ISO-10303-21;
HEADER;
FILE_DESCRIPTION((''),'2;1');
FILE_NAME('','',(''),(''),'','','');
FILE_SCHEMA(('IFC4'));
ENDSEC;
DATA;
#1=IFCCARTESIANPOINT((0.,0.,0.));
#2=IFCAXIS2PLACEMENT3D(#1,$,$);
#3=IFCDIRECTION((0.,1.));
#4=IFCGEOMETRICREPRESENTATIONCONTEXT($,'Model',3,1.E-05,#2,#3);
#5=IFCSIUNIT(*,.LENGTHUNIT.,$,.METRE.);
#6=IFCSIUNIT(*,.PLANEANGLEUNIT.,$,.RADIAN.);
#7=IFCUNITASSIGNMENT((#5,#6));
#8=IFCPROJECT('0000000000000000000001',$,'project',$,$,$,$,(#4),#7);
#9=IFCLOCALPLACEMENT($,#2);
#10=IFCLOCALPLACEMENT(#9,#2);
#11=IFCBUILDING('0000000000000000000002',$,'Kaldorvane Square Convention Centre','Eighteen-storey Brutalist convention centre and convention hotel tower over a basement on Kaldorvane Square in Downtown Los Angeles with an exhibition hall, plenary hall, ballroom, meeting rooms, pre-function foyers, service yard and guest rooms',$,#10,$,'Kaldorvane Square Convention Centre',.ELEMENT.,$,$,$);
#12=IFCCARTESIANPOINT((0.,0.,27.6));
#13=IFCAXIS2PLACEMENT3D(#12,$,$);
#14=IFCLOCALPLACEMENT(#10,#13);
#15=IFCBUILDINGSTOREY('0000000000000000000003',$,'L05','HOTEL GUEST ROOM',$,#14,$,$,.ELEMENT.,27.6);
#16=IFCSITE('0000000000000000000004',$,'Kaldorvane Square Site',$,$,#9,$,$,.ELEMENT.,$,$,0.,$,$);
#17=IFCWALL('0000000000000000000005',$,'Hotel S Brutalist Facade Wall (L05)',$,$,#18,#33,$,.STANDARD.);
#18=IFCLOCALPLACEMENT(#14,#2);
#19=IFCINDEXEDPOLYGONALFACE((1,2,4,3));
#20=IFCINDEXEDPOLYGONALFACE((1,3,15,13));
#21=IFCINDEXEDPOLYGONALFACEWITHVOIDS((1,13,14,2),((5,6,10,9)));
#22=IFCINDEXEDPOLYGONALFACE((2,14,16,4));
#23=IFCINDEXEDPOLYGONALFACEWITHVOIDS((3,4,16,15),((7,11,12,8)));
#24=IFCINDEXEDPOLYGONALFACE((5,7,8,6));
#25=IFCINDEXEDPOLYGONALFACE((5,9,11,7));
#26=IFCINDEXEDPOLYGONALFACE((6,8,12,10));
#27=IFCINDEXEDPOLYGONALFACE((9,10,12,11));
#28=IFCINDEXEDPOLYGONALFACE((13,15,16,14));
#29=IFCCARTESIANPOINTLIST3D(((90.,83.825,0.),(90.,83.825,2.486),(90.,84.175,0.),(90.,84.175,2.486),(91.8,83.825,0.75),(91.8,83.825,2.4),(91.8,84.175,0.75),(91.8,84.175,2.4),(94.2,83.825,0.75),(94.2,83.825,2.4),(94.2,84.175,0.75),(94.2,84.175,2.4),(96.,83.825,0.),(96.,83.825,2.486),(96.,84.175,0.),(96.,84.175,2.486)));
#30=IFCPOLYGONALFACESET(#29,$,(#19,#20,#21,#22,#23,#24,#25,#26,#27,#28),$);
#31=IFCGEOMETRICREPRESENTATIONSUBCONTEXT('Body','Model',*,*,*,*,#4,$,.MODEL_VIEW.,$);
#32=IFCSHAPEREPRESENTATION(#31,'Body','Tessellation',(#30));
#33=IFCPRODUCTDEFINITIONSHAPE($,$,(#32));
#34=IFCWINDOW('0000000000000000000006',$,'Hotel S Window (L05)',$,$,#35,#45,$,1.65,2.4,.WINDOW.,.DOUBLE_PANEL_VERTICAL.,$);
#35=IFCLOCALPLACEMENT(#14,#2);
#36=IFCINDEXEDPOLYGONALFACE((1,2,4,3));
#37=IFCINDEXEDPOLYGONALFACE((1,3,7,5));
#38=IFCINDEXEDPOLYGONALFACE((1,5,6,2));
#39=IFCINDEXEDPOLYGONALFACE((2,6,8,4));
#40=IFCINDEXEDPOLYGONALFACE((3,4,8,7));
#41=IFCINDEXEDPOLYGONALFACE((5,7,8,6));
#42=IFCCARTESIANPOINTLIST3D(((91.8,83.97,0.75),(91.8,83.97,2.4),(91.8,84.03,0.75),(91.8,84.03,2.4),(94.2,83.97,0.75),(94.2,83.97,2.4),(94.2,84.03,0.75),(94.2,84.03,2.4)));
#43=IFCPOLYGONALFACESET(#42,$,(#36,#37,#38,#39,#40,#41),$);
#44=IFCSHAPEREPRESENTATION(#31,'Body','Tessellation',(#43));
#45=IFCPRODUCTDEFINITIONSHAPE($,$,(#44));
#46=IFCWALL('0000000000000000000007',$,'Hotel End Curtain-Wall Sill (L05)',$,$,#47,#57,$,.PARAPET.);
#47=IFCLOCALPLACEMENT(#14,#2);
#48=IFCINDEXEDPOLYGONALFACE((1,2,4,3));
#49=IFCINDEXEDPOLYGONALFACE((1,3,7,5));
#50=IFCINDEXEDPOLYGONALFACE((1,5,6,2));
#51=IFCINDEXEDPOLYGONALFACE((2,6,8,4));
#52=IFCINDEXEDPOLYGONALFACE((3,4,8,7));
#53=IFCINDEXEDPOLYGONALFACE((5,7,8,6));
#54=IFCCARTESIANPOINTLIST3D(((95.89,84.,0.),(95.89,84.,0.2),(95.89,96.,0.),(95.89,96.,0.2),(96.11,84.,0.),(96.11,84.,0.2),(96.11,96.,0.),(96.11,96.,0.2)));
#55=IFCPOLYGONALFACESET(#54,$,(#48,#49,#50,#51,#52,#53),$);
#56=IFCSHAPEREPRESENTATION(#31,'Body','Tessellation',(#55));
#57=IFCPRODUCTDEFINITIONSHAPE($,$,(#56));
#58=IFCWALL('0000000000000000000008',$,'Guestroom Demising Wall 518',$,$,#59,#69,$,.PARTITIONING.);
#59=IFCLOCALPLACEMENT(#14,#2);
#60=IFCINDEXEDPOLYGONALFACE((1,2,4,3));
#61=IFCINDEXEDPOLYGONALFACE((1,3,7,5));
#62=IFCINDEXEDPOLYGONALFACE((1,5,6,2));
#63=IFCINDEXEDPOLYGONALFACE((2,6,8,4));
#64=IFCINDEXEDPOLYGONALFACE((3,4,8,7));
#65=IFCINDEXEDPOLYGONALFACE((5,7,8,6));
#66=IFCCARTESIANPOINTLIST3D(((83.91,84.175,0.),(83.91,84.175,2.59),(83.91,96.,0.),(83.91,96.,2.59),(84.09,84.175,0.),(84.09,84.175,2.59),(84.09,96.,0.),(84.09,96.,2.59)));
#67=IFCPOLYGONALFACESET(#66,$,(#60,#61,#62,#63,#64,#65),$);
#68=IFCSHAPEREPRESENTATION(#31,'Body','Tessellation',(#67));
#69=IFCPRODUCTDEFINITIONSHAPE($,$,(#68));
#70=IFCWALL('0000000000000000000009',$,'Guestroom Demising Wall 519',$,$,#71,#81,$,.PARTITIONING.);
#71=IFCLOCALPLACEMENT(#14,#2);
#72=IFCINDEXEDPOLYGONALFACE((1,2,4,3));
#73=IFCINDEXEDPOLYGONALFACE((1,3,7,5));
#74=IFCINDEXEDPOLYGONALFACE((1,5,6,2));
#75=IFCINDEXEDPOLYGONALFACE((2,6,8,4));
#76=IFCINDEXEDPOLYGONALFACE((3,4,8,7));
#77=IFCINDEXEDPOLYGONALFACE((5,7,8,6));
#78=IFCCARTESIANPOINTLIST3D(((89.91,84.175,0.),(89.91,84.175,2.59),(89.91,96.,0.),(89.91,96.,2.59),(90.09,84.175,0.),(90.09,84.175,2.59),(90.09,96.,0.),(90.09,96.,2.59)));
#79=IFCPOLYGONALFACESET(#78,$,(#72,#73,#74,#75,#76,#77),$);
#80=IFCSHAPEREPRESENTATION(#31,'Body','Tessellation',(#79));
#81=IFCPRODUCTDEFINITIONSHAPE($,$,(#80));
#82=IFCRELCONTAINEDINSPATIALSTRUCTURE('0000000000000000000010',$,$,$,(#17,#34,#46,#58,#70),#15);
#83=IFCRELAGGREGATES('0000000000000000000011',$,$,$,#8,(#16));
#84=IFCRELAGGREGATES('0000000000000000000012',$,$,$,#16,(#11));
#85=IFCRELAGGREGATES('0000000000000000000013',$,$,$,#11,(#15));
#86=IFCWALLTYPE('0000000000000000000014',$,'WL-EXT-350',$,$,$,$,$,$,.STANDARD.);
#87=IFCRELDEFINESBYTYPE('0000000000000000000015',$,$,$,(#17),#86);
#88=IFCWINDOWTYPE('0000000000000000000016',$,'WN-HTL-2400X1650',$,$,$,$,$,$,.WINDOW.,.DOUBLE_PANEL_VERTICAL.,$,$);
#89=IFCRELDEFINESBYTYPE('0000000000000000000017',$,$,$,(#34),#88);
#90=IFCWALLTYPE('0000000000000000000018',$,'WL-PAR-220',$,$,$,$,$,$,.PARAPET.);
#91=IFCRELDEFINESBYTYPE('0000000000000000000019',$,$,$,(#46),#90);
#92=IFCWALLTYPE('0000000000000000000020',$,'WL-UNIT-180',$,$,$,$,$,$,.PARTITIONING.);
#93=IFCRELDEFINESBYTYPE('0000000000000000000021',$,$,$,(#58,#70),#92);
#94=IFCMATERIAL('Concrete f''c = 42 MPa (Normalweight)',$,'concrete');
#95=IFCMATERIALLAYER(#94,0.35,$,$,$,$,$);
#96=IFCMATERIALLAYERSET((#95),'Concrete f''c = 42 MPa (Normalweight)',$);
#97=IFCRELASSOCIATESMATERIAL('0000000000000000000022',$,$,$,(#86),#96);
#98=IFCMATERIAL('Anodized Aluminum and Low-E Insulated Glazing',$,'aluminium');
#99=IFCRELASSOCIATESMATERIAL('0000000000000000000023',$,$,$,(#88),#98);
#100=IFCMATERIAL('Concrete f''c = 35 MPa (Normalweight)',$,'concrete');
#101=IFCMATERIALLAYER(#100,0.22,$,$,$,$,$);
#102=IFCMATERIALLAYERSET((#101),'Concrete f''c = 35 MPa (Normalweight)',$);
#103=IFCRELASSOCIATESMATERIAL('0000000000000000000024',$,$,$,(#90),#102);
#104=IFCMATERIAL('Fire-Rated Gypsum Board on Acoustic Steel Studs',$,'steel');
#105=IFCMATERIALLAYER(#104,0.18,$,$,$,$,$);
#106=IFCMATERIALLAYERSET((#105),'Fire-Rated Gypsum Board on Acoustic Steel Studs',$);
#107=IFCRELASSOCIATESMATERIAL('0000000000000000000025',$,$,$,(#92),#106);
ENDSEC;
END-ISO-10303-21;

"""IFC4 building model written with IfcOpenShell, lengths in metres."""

from ifc_helpers import new_model, si_unit, direction, frame, frame_2d, origin, place, context, subcontext, project, spatial, rectangle, extrude, material, layer, layer_set, type_object, element, fill, save


model = new_model("IFC4")

# Units and contexts
model_context = context("Model", 3, precision=1e-05, world=origin(), true_north=direction((0.0, 1.0)))
body_context = subcontext(model_context, "Body", "Model", "MODEL_VIEW")
ifc_project = project(units=[si_unit("LENGTHUNIT", "METRE"), si_unit("PLANEANGLEUNIT", "RADIAN")], contexts=[model_context])

# Site, building, storey
site_placement = place(None, origin())
site = spatial("IfcSite", under=ifc_project, at=site_placement, Name="Kaldorvane Square Site", CompositionType="ELEMENT", RefElevation=0.0)
building_placement = place(site_placement, origin())
building = spatial("IfcBuilding", under=site, at=building_placement, Name="Kaldorvane Square Convention Centre", Description="Eighteen-storey Brutalist convention centre and convention hotel tower over a basement on Kaldorvane Square in Downtown Los Angeles with an exhibition hall, plenary hall, ballroom, meeting rooms, pre-function foyers, service yard and guest rooms", LongName="Kaldorvane Square Convention Centre", CompositionType="ELEMENT")
storey_placement = place(building_placement, frame((0.0, 0.0, 27.6)))
storey = spatial("IfcBuildingStorey", under=building, at=storey_placement, Name="L05", Description="HOTEL GUEST ROOM", CompositionType="ELEMENT", Elevation=27.6)

# Shared definitions
ifc_material_1 = material(Name="Concrete f'c = 42 MPa (Normalweight)", Category="concrete")

# Shared definitions
ifc_material_2 = material(Name="Anodized Aluminum and Low-E Insulated Glazing", Category="aluminium")

# Wall, opening, window
ifc_layer_1 = layer(ifc_material_1, 0.35)
ifc_layer_set_1 = layer_set([ifc_layer_1], Name="Concrete f'c = 42 MPa (Normalweight)")
wall_type_1 = type_object("IfcWallType", Name="WL-EXT-350", PredefinedType="STANDARD", material=ifc_layer_set_1)
window_type = type_object("IfcWindowType", Name="WN-HTL-2400X1650", PartitioningType="DOUBLE_PANEL_VERTICAL", PredefinedType="WINDOW", material=ifc_material_2)
wall_1_placement = place(storey_placement, frame((90.0, 84.0, 0.0), z_axis=(0.0, 0.0, 1.0), x_axis=(1.0, 0.0, 0.0)))
wall_1 = element("IfcWall", 1, at=wall_1_placement, inside=storey, type_object=wall_type_1, Name="Hotel S Brutalist Facade Wall (L05)", PredefinedType="STANDARD", context=body_context, shape_type="SweptSolid", body=[
    extrude(rectangle(XDim=6.0, YDim=0.35, at=frame_2d((3.0, 0.0))), origin(), (0.0, 0.0, 1.0), 2.486),
])
opening_1_placement = place(wall_1_placement, frame((1.8, 0.0, 0.75)))
opening_1 = element("IfcOpeningElement", 2, at=opening_1_placement, cuts=wall_1, PredefinedType="OPENING", context=body_context, shape_type="SweptSolid", body=[
    extrude(rectangle(XDim=2.4, YDim=1.65, at=frame_2d((1.2, 0.825))), frame((0.0, 0.19, 0.0), z_axis=(0.0, -1.0, 0.0), x_axis=(1.0, 0.0, 0.0)), (0.0, 0.0, 1.0), 0.38),
])
window_1_placement = place(opening_1_placement, origin())
window_1 = element("IfcWindow", 3, at=window_1_placement, inside=storey, type_object=window_type, Name="Hotel S Window (L05)", OverallHeight=1.65, OverallWidth=2.4, PartitioningType="DOUBLE_PANEL_VERTICAL", PredefinedType="WINDOW", context=body_context, shape_type="SweptSolid", body=[
    extrude(rectangle(XDim=2.4, YDim=1.65, at=frame_2d((1.2, 0.825))), frame((0.0, 0.03, 0.0), z_axis=(0.0, -1.0, 0.0), x_axis=(1.0, 0.0, 0.0)), (0.0, 0.0, 1.0), 0.06),
])
fill(opening_1, window_1)

# Walls
ifc_material_3 = material(Name="Concrete f'c = 35 MPa (Normalweight)", Category="concrete")
ifc_layer_2 = layer(ifc_material_3, 0.22)
ifc_layer_set_2 = layer_set([ifc_layer_2], Name="Concrete f'c = 35 MPa (Normalweight)")
wall_type_2 = type_object("IfcWallType", Name="WL-PAR-220", PredefinedType="PARAPET", material=ifc_layer_set_2)
wall_2_placement = place(storey_placement, frame((96.0, 84.0, 0.0), z_axis=(0.0, 0.0, 1.0), x_axis=(0.0, 1.0, 0.0)))
element("IfcWall", 4, at=wall_2_placement, inside=storey, type_object=wall_type_2, Name="Hotel End Curtain-Wall Sill (L05)", PredefinedType="PARAPET", context=body_context, shape_type="SweptSolid", body=[
    extrude(rectangle(XDim=12.0, YDim=0.22, at=frame_2d((6.0, 0.0))), origin(), (0.0, 0.0, 1.0), 0.2),
])
ifc_material_4 = material(Name="Fire-Rated Gypsum Board on Acoustic Steel Studs", Category="steel")
ifc_layer_3 = layer(ifc_material_4, 0.18)
ifc_layer_set_3 = layer_set([ifc_layer_3], Name="Fire-Rated Gypsum Board on Acoustic Steel Studs")
wall_type_3 = type_object("IfcWallType", Name="WL-UNIT-180", PredefinedType="PARTITIONING", material=ifc_layer_set_3)
for number, where, z_axis, x_axis, name in (
    (5, (84.0, 84.175, 0.0), (0.0, 0.0, 1.0), (0.0, 1.0, 0.0), "Guestroom Demising Wall 518"),
    (6, (90.0, 84.175, 0.0), (0.0, 0.0, 1.0), (0.0, 1.0, 0.0), "Guestroom Demising Wall 519"),
):
    element("IfcWall", number, at=place(storey_placement, frame(where, z_axis=z_axis, x_axis=x_axis)), inside=storey, type_object=wall_type_3, Name=name, PredefinedType="PARTITIONING", context=body_context, shape_type="SweptSolid", body=[
        extrude(rectangle(XDim=11.825, YDim=0.18, at=frame_2d((5.9125, 0.0))), origin(), (0.0, 0.0, 1.0), 2.59),
    ])

save(model, "model.ifc")
